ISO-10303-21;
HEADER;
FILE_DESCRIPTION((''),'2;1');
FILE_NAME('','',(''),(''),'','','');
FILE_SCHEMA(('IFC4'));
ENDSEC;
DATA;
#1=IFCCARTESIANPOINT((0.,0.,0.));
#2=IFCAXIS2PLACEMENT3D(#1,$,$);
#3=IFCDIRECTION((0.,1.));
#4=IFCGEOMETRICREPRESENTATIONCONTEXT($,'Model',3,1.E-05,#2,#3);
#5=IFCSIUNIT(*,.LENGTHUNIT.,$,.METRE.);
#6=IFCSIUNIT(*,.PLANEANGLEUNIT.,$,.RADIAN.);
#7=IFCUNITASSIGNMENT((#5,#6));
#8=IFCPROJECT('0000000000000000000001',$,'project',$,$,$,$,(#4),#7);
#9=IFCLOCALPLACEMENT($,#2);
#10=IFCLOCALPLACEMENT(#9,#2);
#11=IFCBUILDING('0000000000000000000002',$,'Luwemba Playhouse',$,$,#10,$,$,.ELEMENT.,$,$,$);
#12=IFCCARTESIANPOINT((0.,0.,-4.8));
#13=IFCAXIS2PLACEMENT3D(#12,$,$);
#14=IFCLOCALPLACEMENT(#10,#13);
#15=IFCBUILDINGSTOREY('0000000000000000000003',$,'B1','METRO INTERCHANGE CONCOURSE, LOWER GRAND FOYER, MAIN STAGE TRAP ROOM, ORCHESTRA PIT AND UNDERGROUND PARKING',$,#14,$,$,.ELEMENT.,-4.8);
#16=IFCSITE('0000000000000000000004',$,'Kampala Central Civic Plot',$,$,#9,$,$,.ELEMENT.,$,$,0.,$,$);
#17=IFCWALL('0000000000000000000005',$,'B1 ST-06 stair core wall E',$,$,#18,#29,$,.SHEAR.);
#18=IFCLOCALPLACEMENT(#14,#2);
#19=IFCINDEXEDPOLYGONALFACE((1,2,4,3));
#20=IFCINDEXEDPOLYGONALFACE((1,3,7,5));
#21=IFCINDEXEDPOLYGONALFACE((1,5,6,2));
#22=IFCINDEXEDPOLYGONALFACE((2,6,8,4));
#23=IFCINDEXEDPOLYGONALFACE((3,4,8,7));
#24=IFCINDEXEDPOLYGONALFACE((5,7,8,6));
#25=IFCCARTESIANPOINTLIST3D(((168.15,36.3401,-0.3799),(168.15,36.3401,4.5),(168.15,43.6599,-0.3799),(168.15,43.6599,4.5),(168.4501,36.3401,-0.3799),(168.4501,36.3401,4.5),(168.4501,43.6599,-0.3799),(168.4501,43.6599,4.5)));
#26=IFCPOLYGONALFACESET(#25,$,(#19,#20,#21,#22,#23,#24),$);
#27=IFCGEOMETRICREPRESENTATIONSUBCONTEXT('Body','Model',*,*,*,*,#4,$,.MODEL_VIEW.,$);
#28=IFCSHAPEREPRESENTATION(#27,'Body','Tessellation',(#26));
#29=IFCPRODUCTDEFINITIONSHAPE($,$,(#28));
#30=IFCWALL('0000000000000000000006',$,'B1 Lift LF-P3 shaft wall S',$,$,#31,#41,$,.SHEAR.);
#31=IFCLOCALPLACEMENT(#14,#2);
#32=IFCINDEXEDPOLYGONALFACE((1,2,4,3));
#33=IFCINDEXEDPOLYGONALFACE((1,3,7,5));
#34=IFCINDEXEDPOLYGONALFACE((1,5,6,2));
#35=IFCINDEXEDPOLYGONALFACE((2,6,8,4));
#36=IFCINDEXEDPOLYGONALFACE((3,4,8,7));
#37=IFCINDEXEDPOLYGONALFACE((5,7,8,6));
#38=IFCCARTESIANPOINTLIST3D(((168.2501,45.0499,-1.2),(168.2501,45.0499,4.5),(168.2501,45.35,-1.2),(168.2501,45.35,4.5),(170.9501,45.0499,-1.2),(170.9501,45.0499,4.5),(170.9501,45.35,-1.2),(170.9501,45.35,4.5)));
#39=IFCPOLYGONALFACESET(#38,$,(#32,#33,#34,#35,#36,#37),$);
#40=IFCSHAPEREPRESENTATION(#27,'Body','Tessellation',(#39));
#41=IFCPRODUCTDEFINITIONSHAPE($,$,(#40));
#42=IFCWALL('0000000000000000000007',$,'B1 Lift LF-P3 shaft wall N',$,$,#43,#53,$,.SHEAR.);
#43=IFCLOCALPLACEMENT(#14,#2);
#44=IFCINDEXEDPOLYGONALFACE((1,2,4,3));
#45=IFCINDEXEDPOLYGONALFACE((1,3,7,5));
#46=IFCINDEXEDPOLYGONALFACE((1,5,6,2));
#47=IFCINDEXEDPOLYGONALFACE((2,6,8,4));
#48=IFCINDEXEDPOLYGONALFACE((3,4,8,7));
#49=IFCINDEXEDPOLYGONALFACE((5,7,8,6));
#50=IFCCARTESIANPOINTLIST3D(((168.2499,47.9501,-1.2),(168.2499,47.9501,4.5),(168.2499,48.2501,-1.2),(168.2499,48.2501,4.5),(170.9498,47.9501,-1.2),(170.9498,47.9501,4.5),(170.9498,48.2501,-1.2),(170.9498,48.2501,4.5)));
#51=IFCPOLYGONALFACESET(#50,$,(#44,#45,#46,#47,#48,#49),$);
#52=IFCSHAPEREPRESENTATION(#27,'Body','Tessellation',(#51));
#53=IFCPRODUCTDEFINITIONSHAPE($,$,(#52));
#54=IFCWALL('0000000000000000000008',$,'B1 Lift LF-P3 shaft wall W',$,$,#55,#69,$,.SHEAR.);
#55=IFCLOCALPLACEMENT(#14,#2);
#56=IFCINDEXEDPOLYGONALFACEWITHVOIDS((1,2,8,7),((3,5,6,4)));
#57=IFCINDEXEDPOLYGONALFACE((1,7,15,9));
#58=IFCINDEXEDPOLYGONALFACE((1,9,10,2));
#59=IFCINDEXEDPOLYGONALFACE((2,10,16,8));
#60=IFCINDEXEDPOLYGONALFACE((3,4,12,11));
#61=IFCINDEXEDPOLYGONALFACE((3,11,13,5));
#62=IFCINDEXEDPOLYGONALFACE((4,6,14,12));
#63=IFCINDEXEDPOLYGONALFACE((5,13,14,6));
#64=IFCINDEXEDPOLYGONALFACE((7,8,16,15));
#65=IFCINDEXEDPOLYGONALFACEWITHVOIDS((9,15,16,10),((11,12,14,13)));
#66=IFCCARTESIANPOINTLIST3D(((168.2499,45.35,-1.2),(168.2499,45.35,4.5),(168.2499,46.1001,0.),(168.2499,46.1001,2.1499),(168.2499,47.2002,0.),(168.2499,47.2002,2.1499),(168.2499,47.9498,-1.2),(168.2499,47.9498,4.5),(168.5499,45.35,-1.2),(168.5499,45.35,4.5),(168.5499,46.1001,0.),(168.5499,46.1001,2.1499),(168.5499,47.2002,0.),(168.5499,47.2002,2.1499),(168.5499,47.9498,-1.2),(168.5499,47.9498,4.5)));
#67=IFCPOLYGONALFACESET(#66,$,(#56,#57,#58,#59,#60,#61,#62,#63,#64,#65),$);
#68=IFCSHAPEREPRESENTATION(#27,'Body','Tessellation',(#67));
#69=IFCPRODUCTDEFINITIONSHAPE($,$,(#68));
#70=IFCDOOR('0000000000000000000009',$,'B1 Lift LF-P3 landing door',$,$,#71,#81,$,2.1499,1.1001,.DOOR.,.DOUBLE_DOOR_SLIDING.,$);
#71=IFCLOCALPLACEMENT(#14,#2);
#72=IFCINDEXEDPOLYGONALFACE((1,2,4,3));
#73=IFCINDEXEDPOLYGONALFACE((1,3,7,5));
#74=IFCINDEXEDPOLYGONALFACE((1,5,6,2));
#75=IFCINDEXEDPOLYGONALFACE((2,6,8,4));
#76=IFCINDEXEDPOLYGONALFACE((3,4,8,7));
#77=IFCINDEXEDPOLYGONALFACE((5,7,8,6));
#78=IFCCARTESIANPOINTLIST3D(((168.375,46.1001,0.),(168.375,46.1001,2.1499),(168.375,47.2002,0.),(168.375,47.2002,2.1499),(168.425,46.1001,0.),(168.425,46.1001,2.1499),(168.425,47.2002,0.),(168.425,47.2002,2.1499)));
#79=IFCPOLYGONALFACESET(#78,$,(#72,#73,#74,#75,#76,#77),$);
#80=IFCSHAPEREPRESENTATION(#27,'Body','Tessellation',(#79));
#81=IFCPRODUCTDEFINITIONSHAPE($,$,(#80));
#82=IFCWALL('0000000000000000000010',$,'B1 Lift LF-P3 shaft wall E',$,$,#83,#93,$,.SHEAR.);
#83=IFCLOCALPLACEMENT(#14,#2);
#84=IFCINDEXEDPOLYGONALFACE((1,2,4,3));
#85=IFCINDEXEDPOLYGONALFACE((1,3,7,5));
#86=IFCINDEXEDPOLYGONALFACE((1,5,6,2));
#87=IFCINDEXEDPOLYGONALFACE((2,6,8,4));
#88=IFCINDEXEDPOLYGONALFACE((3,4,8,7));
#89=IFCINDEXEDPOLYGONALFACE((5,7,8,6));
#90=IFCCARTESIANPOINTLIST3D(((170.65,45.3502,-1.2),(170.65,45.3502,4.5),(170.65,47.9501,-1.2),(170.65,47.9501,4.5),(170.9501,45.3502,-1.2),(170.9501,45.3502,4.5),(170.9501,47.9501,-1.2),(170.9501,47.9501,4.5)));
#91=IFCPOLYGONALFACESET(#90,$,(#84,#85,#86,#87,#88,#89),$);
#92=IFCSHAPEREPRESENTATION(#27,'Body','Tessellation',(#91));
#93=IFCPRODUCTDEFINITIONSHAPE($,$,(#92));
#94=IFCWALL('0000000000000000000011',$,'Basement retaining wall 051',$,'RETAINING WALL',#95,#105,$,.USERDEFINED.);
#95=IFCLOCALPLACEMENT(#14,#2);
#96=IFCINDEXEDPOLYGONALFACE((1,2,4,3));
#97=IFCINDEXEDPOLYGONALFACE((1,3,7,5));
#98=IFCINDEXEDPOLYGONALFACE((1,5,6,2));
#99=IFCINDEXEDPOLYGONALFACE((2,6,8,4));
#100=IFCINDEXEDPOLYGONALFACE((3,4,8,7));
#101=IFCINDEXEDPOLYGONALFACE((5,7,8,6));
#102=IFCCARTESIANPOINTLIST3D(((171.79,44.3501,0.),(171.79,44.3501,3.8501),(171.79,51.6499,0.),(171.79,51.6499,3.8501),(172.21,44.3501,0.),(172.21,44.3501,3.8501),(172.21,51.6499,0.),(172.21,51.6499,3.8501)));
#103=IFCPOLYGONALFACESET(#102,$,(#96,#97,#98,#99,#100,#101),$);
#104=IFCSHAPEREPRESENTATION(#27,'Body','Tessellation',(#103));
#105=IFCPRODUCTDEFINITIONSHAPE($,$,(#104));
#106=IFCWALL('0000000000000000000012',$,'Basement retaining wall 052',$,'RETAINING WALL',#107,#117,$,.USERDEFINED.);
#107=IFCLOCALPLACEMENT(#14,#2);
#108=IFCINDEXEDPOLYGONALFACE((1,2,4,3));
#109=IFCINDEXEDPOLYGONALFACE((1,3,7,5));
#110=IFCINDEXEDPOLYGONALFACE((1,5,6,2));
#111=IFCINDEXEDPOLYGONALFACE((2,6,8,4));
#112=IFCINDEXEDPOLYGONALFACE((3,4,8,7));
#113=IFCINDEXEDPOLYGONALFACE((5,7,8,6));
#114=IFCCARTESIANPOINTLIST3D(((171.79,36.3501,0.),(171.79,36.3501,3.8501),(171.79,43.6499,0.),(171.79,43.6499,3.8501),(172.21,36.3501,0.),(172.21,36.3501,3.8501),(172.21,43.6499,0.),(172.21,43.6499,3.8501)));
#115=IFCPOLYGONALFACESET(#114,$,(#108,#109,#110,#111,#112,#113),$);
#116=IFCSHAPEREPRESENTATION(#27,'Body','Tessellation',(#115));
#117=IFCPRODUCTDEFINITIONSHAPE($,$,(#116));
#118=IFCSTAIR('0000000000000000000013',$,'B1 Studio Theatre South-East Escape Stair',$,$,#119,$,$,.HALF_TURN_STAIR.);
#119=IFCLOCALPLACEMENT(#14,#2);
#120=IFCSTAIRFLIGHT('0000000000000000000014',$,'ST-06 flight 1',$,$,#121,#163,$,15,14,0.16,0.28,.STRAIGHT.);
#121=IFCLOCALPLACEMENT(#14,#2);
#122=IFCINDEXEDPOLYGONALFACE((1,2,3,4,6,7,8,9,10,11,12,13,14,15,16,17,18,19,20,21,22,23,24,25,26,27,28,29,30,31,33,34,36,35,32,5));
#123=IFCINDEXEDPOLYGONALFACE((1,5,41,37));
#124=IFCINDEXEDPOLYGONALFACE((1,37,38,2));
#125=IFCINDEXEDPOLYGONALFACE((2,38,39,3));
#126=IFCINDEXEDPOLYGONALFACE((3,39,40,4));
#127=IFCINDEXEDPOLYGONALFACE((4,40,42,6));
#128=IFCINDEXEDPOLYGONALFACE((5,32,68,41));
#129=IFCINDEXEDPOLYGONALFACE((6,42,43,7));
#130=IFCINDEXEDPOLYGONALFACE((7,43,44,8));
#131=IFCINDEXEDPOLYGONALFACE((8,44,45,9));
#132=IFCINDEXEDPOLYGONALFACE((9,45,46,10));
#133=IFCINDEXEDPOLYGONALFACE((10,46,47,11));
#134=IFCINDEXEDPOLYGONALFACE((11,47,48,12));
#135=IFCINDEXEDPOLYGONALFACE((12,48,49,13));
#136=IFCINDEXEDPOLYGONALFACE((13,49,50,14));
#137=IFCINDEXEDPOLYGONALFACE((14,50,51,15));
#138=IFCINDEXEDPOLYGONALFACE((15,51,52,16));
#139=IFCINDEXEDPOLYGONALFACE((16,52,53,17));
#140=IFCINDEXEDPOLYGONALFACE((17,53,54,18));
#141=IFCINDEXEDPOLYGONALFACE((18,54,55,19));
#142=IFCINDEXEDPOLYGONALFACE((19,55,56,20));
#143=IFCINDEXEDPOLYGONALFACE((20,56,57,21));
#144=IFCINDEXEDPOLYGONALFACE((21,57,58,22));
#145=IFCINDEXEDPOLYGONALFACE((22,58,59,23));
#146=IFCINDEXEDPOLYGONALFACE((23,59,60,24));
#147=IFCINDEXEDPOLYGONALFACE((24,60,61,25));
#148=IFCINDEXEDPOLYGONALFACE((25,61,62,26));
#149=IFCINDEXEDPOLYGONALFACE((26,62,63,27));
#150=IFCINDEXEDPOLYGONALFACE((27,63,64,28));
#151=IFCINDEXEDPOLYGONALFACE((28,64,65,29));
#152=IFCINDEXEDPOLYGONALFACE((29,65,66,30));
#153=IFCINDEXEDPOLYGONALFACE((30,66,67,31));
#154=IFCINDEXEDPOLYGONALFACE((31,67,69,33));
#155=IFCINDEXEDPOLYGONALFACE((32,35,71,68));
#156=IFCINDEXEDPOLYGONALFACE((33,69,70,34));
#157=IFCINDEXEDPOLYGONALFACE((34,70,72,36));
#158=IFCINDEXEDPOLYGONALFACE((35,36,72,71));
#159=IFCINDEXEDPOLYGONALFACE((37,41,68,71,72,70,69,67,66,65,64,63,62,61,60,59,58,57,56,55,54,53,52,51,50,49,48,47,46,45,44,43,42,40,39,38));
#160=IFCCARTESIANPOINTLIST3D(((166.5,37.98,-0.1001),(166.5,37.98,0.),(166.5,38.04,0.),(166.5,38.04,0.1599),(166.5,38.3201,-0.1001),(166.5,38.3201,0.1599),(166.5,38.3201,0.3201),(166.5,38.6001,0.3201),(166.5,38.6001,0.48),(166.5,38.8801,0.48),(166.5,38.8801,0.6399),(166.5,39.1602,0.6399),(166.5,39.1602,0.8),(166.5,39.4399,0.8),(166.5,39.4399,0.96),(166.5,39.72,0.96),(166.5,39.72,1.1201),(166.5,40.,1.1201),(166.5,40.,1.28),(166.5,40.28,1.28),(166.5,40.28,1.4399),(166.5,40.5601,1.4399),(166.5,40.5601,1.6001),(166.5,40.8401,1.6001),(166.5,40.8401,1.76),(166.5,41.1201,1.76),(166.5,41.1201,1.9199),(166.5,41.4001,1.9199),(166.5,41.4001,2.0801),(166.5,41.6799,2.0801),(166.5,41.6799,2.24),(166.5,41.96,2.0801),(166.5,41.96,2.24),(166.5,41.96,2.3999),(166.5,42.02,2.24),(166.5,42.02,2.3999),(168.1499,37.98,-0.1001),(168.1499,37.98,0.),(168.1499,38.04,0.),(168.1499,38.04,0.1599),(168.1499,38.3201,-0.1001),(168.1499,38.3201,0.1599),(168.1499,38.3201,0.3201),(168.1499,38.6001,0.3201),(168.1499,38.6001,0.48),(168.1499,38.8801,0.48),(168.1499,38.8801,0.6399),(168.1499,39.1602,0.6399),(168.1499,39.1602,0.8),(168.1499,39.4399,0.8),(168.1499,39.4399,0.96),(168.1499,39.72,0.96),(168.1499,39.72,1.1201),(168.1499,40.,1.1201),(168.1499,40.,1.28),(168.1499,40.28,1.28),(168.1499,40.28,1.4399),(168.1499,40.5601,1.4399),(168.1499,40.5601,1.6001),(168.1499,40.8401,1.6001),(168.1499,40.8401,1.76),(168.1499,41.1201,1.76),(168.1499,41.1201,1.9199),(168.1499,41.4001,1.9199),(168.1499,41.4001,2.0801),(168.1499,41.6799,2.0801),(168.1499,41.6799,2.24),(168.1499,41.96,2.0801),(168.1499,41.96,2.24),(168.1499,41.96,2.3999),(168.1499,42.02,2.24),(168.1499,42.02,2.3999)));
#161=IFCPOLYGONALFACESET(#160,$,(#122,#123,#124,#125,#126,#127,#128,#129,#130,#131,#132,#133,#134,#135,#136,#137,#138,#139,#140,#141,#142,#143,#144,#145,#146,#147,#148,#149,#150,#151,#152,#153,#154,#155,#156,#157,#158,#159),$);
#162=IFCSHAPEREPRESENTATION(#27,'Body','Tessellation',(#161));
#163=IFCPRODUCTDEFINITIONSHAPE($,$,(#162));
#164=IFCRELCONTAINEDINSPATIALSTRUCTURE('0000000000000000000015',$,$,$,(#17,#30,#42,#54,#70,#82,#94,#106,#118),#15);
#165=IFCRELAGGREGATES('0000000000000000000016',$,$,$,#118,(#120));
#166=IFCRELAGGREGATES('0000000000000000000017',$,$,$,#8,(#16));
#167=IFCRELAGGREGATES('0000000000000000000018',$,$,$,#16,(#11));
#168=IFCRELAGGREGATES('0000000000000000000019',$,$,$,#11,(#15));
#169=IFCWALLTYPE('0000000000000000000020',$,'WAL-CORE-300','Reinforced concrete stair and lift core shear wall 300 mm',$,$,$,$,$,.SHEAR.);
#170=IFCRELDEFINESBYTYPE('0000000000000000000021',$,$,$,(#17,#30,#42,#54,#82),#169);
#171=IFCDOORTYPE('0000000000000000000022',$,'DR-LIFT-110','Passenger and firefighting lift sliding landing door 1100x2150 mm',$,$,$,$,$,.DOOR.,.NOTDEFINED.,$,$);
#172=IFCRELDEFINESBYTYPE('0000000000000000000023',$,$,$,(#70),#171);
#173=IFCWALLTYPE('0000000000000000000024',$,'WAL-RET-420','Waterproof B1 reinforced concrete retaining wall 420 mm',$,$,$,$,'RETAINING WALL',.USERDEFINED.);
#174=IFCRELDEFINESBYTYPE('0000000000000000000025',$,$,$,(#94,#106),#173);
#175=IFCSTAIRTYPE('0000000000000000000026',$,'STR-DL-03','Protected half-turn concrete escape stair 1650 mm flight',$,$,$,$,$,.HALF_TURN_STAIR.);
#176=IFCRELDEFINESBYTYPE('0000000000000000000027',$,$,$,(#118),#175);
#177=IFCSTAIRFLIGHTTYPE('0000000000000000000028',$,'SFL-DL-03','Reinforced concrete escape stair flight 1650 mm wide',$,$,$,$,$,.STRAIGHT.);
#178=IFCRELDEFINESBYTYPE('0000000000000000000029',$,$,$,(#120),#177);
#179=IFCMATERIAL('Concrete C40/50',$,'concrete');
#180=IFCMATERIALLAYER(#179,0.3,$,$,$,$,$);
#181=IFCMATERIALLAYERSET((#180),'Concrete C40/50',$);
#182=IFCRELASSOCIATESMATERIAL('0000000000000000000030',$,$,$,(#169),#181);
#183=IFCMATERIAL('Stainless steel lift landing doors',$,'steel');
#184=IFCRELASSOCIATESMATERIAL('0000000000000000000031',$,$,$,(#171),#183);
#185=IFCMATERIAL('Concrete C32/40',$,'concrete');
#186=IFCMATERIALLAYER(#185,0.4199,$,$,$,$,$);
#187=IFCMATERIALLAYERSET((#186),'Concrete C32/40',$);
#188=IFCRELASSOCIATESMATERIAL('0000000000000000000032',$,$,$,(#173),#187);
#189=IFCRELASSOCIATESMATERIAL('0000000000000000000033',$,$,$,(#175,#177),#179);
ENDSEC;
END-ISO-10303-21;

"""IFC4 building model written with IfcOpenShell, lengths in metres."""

from ifc_helpers import new_model, si_unit, direction, frame, frame_2d, origin, place, context, subcontext, project, spatial, polyline, rectangle, outline, extrude, material, layer, layer_set, type_object, element, fill, aggregate, save


model = new_model("IFC4")

# Units and contexts
model_context = context("Model", 3, precision=1e-05, world=origin(), true_north=direction((0.0, 1.0)))
body_context = subcontext(model_context, "Body", "Model", "MODEL_VIEW")
ifc_project = project(units=[si_unit("LENGTHUNIT", "METRE"), si_unit("PLANEANGLEUNIT", "RADIAN")], contexts=[model_context])

# Site, building, storey
site_placement = place(None, origin())
site = spatial("IfcSite", under=ifc_project, at=site_placement, Name="Kampala Central Civic Plot", CompositionType="ELEMENT", RefElevation=0.0)
building_placement = place(site_placement, origin())
building = spatial("IfcBuilding", under=site, at=building_placement, Name="Luwemba Playhouse", CompositionType="ELEMENT")
storey_placement = place(building_placement, frame((0.0, 0.0, -4.8)))
storey = spatial("IfcBuildingStorey", under=building, at=storey_placement, Name="B1", Description="METRO INTERCHANGE CONCOURSE, LOWER GRAND FOYER, MAIN STAGE TRAP ROOM, ORCHESTRA PIT AND UNDERGROUND PARKING", CompositionType="ELEMENT", Elevation=-4.8)

# Shared definitions
ifc_material_1 = material(Name="Concrete C32/40", Category="concrete")

# Shared definitions
ifc_material_2 = material(Name="Concrete C40/50", Category="concrete")

# Walls
ifc_layer_1 = layer(ifc_material_2, 0.3)
ifc_layer_set_1 = layer_set([ifc_layer_1], Name="Concrete C40/50")
wall_type_1 = type_object("IfcWallType", Name="WAL-CORE-300", Description="Reinforced concrete stair and lift core shear wall 300 mm", PredefinedType="SHEAR", material=ifc_layer_set_1)
wall_1_placement = place(storey_placement, frame((168.3, 43.6599, -0.3799), z_axis=(0.0, 0.0, 1.0), x_axis=(0.0, -1.0, 0.0)))
element("IfcWall", 1, at=wall_1_placement, inside=storey, type_object=wall_type_1, Name="B1 ST-06 stair core wall E", PredefinedType="SHEAR", context=body_context, shape_type="SweptSolid", body=[
    extrude(rectangle(XDim=7.3198, YDim=0.3, at=frame_2d((3.6599, 0.0))), origin(), (0.0, 0.0, 1.0), 4.8799),
])
for number, where, z_axis, x_axis, name in (
    (2, (168.25, 45.2, -1.2), (0.0, 0.0, 1.0), (1.0, 0.0, 0.0), "B1 Lift LF-P3 shaft wall S"),
    (3, (170.95, 48.1001, -1.2), (0.0, 0.0, 1.0), (-1.0, 0.0, 0.0), "B1 Lift LF-P3 shaft wall N"),
):
    element("IfcWall", number, at=place(storey_placement, frame(where, z_axis=z_axis, x_axis=x_axis)), inside=storey, type_object=wall_type_1, Name=name, PredefinedType="SHEAR", context=body_context, shape_type="SweptSolid", body=[
        extrude(rectangle(XDim=2.7, YDim=0.3, at=frame_2d((1.3501, 0.0))), origin(), (0.0, 0.0, 1.0), 5.7),
    ])

# Wall, opening, door
wall_2_placement = place(storey_placement, frame((168.3999, 45.3501, -1.2), z_axis=(0.0, 0.0, 1.0), x_axis=(0.0, 1.0, 0.0)))
wall_2 = element("IfcWall", 4, at=wall_2_placement, inside=storey, type_object=wall_type_1, Name="B1 Lift LF-P3 shaft wall W", PredefinedType="SHEAR", context=body_context, shape_type="SweptSolid", body=[
    extrude(rectangle(XDim=2.5999, YDim=0.3, at=frame_2d((1.2998, 0.0))), origin(), (0.0, 0.0, 1.0), 5.7),
])
opening_placement = place(wall_2_placement, frame((0.75, 0.0, 1.2)))
opening = element("IfcOpeningElement", 5, at=opening_placement, cuts=wall_2, PredefinedType="OPENING", context=body_context, shape_type="SweptSolid", body=[
    extrude(rectangle(XDim=1.1001, YDim=2.1499, at=frame_2d((0.55, 1.075))), frame((0.0, 0.1599, 0.0), z_axis=(0.0, -1.0, 0.0), x_axis=(1.0, 0.0, 0.0)), (0.0, 0.0, 1.0), 0.3201),
])
ifc_material_3 = material(Name="Stainless steel lift landing doors", Category="steel")
door_type = type_object("IfcDoorType", Name="DR-LIFT-110", Description="Passenger and firefighting lift sliding landing door 1100x2150 mm", OperationType="NOTDEFINED", PredefinedType="DOOR", material=ifc_material_3)
door_placement = place(opening_placement, origin())
door = element("IfcDoor", 6, at=door_placement, inside=storey, type_object=door_type, Name="B1 Lift LF-P3 landing door", OperationType="DOUBLE_DOOR_SLIDING", OverallHeight=2.1499, OverallWidth=1.1001, PredefinedType="DOOR", context=body_context, shape_type="SweptSolid", body=[
    extrude(rectangle(XDim=1.1001, YDim=2.1499, at=frame_2d((0.55, 1.075))), frame((0.0, 0.0249, 0.0), z_axis=(0.0, -1.0, 0.0), x_axis=(1.0, 0.0, 0.0)), (0.0, 0.0, 1.0), 0.05),
])
fill(opening, door)

# Walls
wall_3_placement = place(storey_placement, frame((170.8, 47.95, -1.2), z_axis=(0.0, 0.0, 1.0), x_axis=(0.0, -1.0, 0.0)))
element("IfcWall", 7, at=wall_3_placement, inside=storey, type_object=wall_type_1, Name="B1 Lift LF-P3 shaft wall E", PredefinedType="SHEAR", context=body_context, shape_type="SweptSolid", body=[
    extrude(rectangle(XDim=2.5999, YDim=0.3, at=frame_2d((1.2998, 0.0))), origin(), (0.0, 0.0, 1.0), 5.7),
])
ifc_layer_2 = layer(ifc_material_1, 0.4199)
ifc_layer_set_2 = layer_set([ifc_layer_2], Name="Concrete C32/40")
wall_type_2 = type_object("IfcWallType", Name="WAL-RET-420", Description="Waterproof B1 reinforced concrete retaining wall 420 mm", ElementType="RETAINING WALL", PredefinedType="USERDEFINED", material=ifc_layer_set_2)
for number, where, z_axis, x_axis, name in (
    (8, (172.0, 51.6499, 0.0), (0.0, 0.0, 1.0), (0.0, -1.0, 0.0), "Basement retaining wall 051"),
    (9, (172.0, 43.6499, 0.0), (0.0, 0.0, 1.0), (0.0, -1.0, 0.0), "Basement retaining wall 052"),
):
    element("IfcWall", number, at=place(storey_placement, frame(where, z_axis=z_axis, x_axis=x_axis)), inside=storey, type_object=wall_type_2, Name=name, ObjectType="RETAINING WALL", PredefinedType="USERDEFINED", context=body_context, shape_type="SweptSolid", body=[
        extrude(rectangle(XDim=7.2998, YDim=0.4199, at=frame_2d((3.6499, 0.0))), origin(), (0.0, 0.0, 1.0), 3.8501),
    ])

# Stair, stair flight
stair_type = type_object("IfcStairType", Name="STR-DL-03", Description="Protected half-turn concrete escape stair 1650 mm flight", PredefinedType="HALF_TURN_STAIR", material=ifc_material_2)
stair_placement = place(storey_placement, origin())
stair = element("IfcStair", 10, at=stair_placement, inside=storey, type_object=stair_type, Name="B1 Studio Theatre South-East Escape Stair", PredefinedType="HALF_TURN_STAIR")
stair_flight_type = type_object("IfcStairFlightType", Name="SFL-DL-03", Description="Reinforced concrete escape stair flight 1650 mm wide", PredefinedType="STRAIGHT", material=ifc_material_2)
stair_flight_placement = place(storey_placement, frame((167.325, 38.04, 0.0), z_axis=(0.0, 0.0, 1.0), x_axis=(0.0, 1.0, 0.0)))
stair_flight = element("IfcStairFlight", 11, at=stair_flight_placement, type_object=stair_flight_type, Name="ST-06 flight 1", NumberOfRisers=15, NumberOfTreads=14, PredefinedType="STRAIGHT", RiserHeight=0.16, TreadLength=0.28, context=body_context, shape_type="SweptSolid", body=[
    extrude(outline(polyline([(-0.0601, -0.1001), (-0.0601, 0.0), (0.0, 0.0), (0.0, 0.1599), (0.28, 0.1599), (0.28, 0.3201), (0.5601, 0.3201), (0.5601, 0.48), (0.8401, 0.48), (0.8401, 0.6399), (1.1201, 0.6399), (1.1201, 0.8), (1.3999, 0.8), (1.3999, 0.96), (1.6799, 0.96), (1.6799, 1.1201), (1.96, 1.1201), (1.96, 1.28), (2.24, 1.28), (2.24, 1.4399), (2.52, 1.4399), (2.52, 1.6001), (2.8, 1.6001), (2.8, 1.76), (3.0801, 1.76), (3.0801, 1.9199), (3.3601, 1.9199), (3.3601, 2.0801), (3.6399, 2.0801), (3.6399, 2.24), (3.9199, 2.24), (3.9199, 2.3999), (3.98, 2.3999), (3.98, 2.24), (3.9199, 2.0801), (0.28, -0.1001), (-0.0601, -0.1001)])), frame((0.0, 0.825, 0.0), z_axis=(0.0, -1.0, 0.0), x_axis=(1.0, 0.0, 0.0)), (0.0, 0.0, 1.0), 1.6499),
])
aggregate(stair, [stair_flight])

save(model, "model.ifc")
